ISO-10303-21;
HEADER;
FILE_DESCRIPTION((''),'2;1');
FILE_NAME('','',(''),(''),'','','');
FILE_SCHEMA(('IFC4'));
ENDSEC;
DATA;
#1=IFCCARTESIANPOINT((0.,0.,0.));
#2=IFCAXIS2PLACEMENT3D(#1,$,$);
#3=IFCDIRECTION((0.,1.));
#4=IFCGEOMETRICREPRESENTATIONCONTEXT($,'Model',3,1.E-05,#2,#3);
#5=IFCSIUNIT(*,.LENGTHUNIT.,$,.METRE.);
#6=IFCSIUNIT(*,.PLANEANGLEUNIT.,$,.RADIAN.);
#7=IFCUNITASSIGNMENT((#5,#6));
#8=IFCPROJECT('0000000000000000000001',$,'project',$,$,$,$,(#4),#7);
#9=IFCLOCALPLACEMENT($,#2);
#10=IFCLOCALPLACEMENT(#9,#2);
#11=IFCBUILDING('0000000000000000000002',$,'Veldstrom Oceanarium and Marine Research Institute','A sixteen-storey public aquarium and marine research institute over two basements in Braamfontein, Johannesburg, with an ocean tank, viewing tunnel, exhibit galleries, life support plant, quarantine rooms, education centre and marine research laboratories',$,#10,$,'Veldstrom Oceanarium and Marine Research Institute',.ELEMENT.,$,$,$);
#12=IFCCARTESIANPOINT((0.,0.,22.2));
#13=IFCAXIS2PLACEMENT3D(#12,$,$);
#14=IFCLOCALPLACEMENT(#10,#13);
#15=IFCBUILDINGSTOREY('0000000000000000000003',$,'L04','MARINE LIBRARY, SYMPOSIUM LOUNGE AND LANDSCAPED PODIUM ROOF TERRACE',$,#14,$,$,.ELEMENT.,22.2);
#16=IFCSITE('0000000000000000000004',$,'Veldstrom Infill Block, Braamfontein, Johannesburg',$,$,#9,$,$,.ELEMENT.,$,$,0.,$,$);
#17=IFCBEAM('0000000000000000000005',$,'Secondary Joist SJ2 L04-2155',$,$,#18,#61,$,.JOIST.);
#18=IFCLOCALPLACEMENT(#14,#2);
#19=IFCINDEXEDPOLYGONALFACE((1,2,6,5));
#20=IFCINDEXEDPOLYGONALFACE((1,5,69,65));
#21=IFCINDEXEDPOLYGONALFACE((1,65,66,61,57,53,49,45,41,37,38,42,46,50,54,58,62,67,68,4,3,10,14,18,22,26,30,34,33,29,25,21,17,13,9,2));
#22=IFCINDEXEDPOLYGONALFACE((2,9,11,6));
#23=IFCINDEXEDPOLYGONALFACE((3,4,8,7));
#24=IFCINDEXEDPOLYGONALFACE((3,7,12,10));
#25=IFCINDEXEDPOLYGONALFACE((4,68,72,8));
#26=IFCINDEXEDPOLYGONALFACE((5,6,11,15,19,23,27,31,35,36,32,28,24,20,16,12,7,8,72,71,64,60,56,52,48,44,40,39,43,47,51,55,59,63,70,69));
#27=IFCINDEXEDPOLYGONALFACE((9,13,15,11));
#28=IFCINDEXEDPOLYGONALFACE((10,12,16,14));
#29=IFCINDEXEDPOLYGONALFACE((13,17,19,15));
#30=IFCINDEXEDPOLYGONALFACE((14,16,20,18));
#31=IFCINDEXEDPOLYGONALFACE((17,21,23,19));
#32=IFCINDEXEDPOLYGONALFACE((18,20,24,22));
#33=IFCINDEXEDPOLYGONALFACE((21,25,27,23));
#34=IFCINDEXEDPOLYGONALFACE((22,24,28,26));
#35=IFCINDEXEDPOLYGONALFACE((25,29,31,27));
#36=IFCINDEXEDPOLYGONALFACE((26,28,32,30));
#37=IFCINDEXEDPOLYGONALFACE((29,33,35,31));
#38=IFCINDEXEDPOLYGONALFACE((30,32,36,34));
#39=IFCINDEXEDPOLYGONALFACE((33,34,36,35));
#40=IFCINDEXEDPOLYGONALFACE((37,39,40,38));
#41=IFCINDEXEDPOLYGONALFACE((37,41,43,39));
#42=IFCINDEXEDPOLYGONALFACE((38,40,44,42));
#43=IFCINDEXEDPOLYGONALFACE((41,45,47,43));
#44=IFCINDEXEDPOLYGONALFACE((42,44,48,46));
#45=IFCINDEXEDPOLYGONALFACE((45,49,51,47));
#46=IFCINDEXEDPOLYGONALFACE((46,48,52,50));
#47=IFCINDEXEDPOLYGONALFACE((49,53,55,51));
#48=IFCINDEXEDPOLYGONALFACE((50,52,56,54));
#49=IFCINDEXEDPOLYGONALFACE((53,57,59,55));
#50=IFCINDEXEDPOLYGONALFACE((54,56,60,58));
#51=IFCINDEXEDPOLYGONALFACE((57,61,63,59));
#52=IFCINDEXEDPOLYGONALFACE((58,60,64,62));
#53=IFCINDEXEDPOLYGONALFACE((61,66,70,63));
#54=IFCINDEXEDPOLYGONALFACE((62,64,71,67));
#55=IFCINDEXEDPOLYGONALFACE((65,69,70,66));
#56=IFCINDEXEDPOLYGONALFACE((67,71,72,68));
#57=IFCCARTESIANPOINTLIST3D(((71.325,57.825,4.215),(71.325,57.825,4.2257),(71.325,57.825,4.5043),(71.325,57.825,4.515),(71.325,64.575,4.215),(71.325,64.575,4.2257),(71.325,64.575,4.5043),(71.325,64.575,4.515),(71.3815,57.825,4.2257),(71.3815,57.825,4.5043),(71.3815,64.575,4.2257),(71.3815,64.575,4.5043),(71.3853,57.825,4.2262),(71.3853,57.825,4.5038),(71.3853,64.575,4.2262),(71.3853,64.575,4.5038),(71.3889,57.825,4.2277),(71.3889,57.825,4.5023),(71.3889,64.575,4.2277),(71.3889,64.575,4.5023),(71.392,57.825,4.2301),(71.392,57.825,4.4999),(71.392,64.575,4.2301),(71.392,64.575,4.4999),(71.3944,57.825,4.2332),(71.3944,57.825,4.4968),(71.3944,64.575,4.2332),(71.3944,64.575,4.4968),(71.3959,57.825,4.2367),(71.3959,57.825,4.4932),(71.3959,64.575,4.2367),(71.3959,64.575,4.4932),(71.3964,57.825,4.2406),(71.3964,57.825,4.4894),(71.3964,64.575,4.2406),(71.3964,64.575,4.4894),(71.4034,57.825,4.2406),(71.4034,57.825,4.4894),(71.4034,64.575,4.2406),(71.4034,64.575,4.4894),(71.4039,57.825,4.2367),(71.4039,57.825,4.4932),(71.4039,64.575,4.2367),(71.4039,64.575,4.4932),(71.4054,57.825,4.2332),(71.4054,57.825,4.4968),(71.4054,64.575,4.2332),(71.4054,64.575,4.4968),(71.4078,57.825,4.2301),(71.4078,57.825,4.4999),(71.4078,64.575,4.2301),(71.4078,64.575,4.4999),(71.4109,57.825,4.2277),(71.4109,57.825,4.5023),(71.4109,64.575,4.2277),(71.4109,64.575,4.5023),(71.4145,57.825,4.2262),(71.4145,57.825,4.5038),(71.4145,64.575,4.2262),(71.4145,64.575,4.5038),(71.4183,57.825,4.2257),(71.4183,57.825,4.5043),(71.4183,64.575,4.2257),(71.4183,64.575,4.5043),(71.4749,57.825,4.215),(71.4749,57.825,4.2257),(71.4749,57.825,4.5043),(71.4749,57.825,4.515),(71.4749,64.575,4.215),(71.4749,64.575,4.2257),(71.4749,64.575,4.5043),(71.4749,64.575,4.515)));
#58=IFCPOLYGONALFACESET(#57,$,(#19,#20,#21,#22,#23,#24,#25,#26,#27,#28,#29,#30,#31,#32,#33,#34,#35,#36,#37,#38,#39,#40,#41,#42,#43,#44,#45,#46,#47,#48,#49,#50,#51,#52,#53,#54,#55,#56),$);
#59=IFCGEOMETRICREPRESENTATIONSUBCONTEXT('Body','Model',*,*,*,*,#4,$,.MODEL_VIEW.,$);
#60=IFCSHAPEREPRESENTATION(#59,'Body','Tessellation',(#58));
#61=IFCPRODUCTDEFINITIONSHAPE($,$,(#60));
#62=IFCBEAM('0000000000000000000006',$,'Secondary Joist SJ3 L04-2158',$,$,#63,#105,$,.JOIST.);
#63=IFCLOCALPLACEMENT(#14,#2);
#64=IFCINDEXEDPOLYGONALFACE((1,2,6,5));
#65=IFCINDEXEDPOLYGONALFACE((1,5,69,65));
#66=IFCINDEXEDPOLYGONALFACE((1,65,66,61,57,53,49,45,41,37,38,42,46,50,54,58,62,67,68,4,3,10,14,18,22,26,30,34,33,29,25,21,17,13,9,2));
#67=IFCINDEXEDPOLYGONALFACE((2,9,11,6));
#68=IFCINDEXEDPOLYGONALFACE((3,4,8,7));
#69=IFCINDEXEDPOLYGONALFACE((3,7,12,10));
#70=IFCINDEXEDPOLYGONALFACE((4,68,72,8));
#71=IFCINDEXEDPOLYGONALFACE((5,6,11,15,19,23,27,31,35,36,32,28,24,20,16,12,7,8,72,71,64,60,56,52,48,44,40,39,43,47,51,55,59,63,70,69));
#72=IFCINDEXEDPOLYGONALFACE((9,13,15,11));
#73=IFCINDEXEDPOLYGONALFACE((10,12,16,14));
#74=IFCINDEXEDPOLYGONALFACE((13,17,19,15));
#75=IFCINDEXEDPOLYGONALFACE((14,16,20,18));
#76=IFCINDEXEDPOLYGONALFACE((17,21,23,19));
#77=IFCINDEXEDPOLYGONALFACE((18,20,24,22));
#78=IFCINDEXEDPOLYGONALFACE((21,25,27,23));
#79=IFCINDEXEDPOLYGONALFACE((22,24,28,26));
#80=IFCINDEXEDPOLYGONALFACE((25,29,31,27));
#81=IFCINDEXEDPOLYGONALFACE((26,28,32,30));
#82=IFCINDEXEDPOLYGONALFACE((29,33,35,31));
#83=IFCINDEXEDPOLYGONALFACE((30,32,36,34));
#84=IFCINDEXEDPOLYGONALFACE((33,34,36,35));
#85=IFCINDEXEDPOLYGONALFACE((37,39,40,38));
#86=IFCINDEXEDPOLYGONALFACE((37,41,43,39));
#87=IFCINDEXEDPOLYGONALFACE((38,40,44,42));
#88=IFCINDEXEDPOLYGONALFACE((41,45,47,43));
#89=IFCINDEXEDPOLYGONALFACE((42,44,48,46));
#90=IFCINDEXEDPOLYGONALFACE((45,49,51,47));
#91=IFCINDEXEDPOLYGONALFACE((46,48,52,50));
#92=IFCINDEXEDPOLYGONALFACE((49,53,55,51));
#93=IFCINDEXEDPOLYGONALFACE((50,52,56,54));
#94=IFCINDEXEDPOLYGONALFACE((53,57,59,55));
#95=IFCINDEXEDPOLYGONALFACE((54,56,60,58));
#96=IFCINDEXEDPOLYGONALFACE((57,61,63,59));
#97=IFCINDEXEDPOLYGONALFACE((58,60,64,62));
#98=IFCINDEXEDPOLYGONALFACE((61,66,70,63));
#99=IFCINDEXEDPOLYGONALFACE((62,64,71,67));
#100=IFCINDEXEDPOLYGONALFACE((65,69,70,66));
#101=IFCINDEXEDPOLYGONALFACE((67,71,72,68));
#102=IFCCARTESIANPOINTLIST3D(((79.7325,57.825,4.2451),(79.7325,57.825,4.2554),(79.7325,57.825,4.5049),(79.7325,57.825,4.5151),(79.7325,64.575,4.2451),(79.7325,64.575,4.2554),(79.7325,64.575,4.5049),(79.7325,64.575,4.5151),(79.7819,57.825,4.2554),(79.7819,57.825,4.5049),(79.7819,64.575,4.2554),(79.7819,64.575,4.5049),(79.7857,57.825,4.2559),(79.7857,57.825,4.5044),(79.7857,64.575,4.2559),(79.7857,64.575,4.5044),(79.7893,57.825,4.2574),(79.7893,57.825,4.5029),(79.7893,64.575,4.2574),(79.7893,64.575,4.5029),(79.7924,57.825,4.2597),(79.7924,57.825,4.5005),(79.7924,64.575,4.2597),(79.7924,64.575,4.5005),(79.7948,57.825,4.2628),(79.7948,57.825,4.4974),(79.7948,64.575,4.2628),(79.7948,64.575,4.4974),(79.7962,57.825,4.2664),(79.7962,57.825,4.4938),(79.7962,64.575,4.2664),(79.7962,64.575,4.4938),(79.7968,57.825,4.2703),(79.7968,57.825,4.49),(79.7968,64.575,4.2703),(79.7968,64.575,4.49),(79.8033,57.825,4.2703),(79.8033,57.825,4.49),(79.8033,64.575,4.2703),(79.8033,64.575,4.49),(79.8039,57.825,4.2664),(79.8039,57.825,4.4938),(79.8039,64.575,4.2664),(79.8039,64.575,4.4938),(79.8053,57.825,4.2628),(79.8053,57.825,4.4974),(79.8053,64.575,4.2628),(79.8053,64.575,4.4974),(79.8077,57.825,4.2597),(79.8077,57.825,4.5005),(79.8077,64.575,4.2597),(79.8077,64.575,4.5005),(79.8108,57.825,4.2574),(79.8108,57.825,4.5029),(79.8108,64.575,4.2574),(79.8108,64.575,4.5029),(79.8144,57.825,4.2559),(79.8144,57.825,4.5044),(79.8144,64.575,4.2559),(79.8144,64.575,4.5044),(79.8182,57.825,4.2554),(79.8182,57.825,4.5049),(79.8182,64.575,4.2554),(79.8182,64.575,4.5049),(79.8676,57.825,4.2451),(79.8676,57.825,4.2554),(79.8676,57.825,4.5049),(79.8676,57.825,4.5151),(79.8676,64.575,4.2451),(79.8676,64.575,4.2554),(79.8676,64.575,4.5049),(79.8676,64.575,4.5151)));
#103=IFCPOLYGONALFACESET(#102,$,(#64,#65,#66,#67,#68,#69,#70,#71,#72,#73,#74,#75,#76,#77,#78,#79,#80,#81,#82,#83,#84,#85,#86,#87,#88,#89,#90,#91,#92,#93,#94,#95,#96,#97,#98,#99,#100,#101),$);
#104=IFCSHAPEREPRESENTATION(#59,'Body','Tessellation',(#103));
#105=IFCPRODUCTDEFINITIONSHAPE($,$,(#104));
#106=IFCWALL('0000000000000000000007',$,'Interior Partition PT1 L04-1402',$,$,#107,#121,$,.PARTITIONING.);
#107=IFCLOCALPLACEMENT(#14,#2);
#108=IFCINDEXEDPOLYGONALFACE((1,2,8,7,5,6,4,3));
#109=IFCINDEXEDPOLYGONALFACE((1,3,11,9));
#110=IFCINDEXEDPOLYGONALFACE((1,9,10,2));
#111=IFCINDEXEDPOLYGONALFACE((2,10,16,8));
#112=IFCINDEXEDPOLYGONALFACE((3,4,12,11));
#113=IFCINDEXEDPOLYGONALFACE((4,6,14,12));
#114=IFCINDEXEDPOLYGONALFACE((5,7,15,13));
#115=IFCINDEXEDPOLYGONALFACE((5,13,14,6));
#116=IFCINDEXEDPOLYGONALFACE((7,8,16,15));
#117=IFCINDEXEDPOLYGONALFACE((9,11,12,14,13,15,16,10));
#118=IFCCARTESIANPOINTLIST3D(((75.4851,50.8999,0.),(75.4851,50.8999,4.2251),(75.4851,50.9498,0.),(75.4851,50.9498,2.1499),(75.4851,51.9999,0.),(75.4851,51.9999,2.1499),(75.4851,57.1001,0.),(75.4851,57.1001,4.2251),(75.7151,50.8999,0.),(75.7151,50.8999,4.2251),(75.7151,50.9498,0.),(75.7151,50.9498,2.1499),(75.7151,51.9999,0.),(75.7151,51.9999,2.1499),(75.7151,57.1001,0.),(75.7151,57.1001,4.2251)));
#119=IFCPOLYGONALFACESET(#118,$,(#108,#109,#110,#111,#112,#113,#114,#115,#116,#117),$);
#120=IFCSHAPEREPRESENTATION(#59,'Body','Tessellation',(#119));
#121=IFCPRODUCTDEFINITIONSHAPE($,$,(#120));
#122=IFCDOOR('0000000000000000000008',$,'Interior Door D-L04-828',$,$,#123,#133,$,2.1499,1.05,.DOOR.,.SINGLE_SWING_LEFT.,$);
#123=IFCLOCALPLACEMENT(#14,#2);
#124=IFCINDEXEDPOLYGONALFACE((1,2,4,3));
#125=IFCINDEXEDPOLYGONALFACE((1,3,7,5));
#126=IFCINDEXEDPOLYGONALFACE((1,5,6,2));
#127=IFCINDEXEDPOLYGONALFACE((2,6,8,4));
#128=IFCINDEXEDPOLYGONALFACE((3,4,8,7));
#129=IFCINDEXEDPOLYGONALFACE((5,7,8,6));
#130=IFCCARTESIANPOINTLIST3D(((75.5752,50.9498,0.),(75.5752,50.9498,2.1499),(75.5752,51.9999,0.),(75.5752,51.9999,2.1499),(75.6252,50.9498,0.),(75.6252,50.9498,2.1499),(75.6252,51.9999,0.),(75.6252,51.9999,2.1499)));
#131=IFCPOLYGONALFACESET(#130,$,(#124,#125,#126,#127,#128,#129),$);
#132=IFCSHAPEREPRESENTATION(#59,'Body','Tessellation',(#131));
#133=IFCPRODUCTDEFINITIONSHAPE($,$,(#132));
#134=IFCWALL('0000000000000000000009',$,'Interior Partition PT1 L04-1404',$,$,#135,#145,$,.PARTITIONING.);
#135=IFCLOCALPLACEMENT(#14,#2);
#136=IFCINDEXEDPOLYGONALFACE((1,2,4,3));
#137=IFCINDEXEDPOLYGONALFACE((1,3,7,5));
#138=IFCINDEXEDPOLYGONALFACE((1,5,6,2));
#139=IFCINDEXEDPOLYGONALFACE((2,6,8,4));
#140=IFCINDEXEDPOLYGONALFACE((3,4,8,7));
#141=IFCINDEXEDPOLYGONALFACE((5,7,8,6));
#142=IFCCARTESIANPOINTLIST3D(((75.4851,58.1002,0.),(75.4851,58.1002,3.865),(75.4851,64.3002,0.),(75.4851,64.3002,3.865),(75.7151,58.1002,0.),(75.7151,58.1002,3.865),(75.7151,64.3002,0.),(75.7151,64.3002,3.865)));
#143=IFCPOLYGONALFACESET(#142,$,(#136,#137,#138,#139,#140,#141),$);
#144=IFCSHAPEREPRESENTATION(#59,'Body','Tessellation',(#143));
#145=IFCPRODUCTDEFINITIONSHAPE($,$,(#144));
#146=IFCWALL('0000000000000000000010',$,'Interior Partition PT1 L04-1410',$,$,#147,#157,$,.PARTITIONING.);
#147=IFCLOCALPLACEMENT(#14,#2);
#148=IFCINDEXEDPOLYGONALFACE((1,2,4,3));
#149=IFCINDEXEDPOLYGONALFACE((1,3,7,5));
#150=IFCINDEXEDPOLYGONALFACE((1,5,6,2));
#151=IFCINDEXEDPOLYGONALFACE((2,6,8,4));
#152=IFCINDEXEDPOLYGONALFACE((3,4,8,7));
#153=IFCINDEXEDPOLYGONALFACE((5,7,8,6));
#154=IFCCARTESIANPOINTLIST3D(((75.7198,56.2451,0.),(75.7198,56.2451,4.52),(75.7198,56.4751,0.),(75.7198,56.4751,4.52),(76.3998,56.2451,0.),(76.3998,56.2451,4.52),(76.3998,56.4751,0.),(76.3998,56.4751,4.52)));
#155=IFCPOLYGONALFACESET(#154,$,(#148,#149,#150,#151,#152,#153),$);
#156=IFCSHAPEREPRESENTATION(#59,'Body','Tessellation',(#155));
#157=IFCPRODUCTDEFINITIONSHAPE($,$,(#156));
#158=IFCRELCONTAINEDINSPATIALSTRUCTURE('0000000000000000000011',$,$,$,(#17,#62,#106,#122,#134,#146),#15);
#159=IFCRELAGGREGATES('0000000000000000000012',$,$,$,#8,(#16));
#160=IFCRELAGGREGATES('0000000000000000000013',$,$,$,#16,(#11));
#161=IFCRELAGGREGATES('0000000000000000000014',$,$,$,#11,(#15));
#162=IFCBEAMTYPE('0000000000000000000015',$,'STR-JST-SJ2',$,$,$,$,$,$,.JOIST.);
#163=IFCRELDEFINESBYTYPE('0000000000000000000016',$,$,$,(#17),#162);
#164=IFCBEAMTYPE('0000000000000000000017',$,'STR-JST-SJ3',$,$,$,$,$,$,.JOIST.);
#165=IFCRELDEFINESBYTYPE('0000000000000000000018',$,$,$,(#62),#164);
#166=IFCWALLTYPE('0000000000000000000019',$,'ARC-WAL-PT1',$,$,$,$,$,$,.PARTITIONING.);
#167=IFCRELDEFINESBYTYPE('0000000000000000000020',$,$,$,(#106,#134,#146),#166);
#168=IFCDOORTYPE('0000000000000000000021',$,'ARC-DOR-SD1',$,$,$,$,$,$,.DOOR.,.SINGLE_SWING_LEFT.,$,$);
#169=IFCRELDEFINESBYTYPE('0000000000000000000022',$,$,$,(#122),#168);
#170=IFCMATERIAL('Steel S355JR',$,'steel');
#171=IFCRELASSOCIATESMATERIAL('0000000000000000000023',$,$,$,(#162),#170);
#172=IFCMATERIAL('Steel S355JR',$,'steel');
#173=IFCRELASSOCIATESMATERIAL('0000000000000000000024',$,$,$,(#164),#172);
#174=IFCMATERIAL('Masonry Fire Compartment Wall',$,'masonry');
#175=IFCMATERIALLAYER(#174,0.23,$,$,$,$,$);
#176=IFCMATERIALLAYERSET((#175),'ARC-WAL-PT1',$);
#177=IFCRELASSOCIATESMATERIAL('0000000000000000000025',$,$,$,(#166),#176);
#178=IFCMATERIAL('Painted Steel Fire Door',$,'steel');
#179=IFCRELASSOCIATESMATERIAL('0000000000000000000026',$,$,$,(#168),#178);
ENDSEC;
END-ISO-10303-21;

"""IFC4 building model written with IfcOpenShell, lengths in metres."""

from ifc_helpers import new_model, si_unit, direction, frame, frame_2d, origin, origin_2d, place, context, subcontext, project, spatial, rectangle, i_section, extrude, material, layer, layer_set, material_profile, profile_set, type_object, element, fill, save


model = new_model("IFC4")

# Units and contexts
model_context = context("Model", 3, precision=1e-05, world=origin(), true_north=direction((0.0, 1.0)))
body_context = subcontext(model_context, "Body", "Model", "MODEL_VIEW")
ifc_project = project(units=[si_unit("LENGTHUNIT", "METRE"), si_unit("PLANEANGLEUNIT", "RADIAN")], contexts=[model_context])

# Site, building, storey
site_placement = place(None, origin())
site = spatial("IfcSite", under=ifc_project, at=site_placement, Name="Veldstrom Infill Block, Braamfontein, Johannesburg", CompositionType="ELEMENT", RefElevation=0.0)
building_placement = place(site_placement, origin())
building = spatial("IfcBuilding", under=site, at=building_placement, Name="Veldstrom Oceanarium and Marine Research Institute", Description="A sixteen-storey public aquarium and marine research institute over two basements in Braamfontein, Johannesburg, with an ocean tank, viewing tunnel, exhibit galleries, life support plant, quarantine rooms, education centre and marine research laboratories", LongName="Veldstrom Oceanarium and Marine Research Institute", CompositionType="ELEMENT")
storey_placement = place(building_placement, frame((0.0, 0.0, 22.2)))
storey = spatial("IfcBuildingStorey", under=building, at=storey_placement, Name="L04", Description="MARINE LIBRARY, SYMPOSIUM LOUNGE AND LANDSCAPED PODIUM ROOF TERRACE", CompositionType="ELEMENT", Elevation=22.2)

# Beams
ifc_material_1 = material(Name="Steel S355JR", Category="steel")
ifc_material_profile_1 = material_profile(ifc_material_1, i_section(OverallWidth=0.1499, OverallDepth=0.3, WebThickness=0.0071, FlangeThickness=0.0107, FilletRadius=0.0149, at=origin_2d()), Name="IPE 300")
ifc_profile_set_1 = profile_set([ifc_material_profile_1], Name="Steel S355JR")
beam_type_1 = type_object("IfcBeamType", Name="STR-JST-SJ2", PredefinedType="JOIST", material=ifc_profile_set_1)
beam_1_placement = place(storey_placement, frame((71.3999, 57.825, 4.365), z_axis=(0.0, 1.0, 0.0), x_axis=(-1.0, 0.0, 0.0)))
element("IfcBeam", 1, at=beam_1_placement, inside=storey, type_object=beam_type_1, Name="Secondary Joist SJ2 L04-2155", PredefinedType="JOIST", context=body_context, shape_type="SweptSolid", body=[
    extrude(i_section(OverallWidth=0.1499, OverallDepth=0.3, WebThickness=0.0071, FlangeThickness=0.0107, FilletRadius=0.0149, at=origin_2d()), origin(), (0.0, 0.0, 1.0), 6.75),
])
ifc_material_2 = material(Name="Steel S355JR", Category="steel")
ifc_material_profile_2 = material_profile(ifc_material_2, i_section(OverallWidth=0.135, OverallDepth=0.27, WebThickness=0.0066, FlangeThickness=0.0103, FilletRadius=0.0149, at=origin_2d()), Name="IPE 270")
ifc_profile_set_2 = profile_set([ifc_material_profile_2], Name="Steel S355JR")
beam_type_2 = type_object("IfcBeamType", Name="STR-JST-SJ3", PredefinedType="JOIST", material=ifc_profile_set_2)
beam_2_placement = place(storey_placement, frame((79.8, 57.825, 4.3801), z_axis=(0.0, 1.0, 0.0), x_axis=(-1.0, 0.0, 0.0)))
element("IfcBeam", 2, at=beam_2_placement, inside=storey, type_object=beam_type_2, Name="Secondary Joist SJ3 L04-2158", PredefinedType="JOIST", context=body_context, shape_type="SweptSolid", body=[
    extrude(i_section(OverallWidth=0.135, OverallDepth=0.27, WebThickness=0.0066, FlangeThickness=0.0103, FilletRadius=0.0149, at=origin_2d()), origin(), (0.0, 0.0, 1.0), 6.75),
])

# Wall, opening, door
ifc_material_3 = material(Name="Masonry Fire Compartment Wall", Category="masonry")
ifc_layer_1 = layer(ifc_material_3, 0.23)
ifc_layer_set_1 = layer_set([ifc_layer_1], Name="ARC-WAL-PT1")
wall_type_1 = type_object("IfcWallType", Name="ARC-WAL-PT1", PredefinedType="PARTITIONING", material=ifc_layer_set_1)
wall_1_placement = place(storey_placement, frame((75.6001, 50.8999, 0.0), z_axis=(0.0, 0.0, 1.0), x_axis=(0.0, 1.0, 0.0)))
wall_1 = element("IfcWall", 3, at=wall_1_placement, inside=storey, type_object=wall_type_1, Name="Interior Partition PT1 L04-1402", PredefinedType="PARTITIONING", context=body_context, shape_type="SweptSolid", body=[
    extrude(rectangle(XDim=6.2002, YDim=0.23, at=frame_2d((3.1001, 0.0))), origin(), (0.0, 0.0, 1.0), 4.2251),
])
opening_1_placement = place(wall_1_placement, frame((0.05, 0.0, 0.0)))
opening_1 = element("IfcOpeningElement", 4, at=opening_1_placement, cuts=wall_1, PredefinedType="OPENING", context=body_context, shape_type="SweptSolid", body=[
    extrude(rectangle(XDim=1.05, YDim=2.1499, at=frame_2d((0.5249, 1.075))), frame((0.0, 0.125, 0.0), z_axis=(0.0, -1.0, 0.0), x_axis=(1.0, 0.0, 0.0)), (0.0, 0.0, 1.0), 0.25),
])
ifc_material_4 = material(Name="Painted Steel Fire Door", Category="steel")
door_type_1 = type_object("IfcDoorType", Name="ARC-DOR-SD1", OperationType="SINGLE_SWING_LEFT", PredefinedType="DOOR", material=ifc_material_4)
door_1_placement = place(opening_1_placement, origin())
door_1 = element("IfcDoor", 5, at=door_1_placement, inside=storey, type_object=door_type_1, Name="Interior Door D-L04-828", OperationType="SINGLE_SWING_LEFT", OverallHeight=2.1499, OverallWidth=1.05, PredefinedType="DOOR", context=body_context, shape_type="SweptSolid", body=[
    extrude(rectangle(XDim=1.05, YDim=2.1499, at=frame_2d((0.5249, 1.075))), frame((0.0, 0.0249, 0.0), z_axis=(0.0, -1.0, 0.0), x_axis=(1.0, 0.0, 0.0)), (0.0, 0.0, 1.0), 0.05),
])
fill(opening_1, door_1)

# Wall
wall_2_placement = place(storey_placement, frame((75.6001, 58.1001, 0.0), z_axis=(0.0, 0.0, 1.0), x_axis=(0.0, 1.0, 0.0)))
element("IfcWall", 6, at=wall_2_placement, inside=storey, type_object=wall_type_1, Name="Interior Partition PT1 L04-1404", PredefinedType="PARTITIONING", context=body_context, shape_type="SweptSolid", body=[
    extrude(rectangle(XDim=6.2, YDim=0.23, at=frame_2d((3.1001, 0.0))), origin(), (0.0, 0.0, 1.0), 3.865),
])

# Wall
wall_3_placement = place(storey_placement, frame((75.72, 56.3601, 0.0), z_axis=(0.0, 0.0, 1.0), x_axis=(1.0, 0.0, 0.0)))
element("IfcWall", 7, at=wall_3_placement, inside=storey, type_object=wall_type_1, Name="Interior Partition PT1 L04-1410", PredefinedType="PARTITIONING", context=body_context, shape_type="SweptSolid", body=[
    extrude(rectangle(XDim=0.6799, YDim=0.23, at=frame_2d((0.3398, 0.0))), origin(), (0.0, 0.0, 1.0), 4.52),
])

save(model, "model.ifc")
